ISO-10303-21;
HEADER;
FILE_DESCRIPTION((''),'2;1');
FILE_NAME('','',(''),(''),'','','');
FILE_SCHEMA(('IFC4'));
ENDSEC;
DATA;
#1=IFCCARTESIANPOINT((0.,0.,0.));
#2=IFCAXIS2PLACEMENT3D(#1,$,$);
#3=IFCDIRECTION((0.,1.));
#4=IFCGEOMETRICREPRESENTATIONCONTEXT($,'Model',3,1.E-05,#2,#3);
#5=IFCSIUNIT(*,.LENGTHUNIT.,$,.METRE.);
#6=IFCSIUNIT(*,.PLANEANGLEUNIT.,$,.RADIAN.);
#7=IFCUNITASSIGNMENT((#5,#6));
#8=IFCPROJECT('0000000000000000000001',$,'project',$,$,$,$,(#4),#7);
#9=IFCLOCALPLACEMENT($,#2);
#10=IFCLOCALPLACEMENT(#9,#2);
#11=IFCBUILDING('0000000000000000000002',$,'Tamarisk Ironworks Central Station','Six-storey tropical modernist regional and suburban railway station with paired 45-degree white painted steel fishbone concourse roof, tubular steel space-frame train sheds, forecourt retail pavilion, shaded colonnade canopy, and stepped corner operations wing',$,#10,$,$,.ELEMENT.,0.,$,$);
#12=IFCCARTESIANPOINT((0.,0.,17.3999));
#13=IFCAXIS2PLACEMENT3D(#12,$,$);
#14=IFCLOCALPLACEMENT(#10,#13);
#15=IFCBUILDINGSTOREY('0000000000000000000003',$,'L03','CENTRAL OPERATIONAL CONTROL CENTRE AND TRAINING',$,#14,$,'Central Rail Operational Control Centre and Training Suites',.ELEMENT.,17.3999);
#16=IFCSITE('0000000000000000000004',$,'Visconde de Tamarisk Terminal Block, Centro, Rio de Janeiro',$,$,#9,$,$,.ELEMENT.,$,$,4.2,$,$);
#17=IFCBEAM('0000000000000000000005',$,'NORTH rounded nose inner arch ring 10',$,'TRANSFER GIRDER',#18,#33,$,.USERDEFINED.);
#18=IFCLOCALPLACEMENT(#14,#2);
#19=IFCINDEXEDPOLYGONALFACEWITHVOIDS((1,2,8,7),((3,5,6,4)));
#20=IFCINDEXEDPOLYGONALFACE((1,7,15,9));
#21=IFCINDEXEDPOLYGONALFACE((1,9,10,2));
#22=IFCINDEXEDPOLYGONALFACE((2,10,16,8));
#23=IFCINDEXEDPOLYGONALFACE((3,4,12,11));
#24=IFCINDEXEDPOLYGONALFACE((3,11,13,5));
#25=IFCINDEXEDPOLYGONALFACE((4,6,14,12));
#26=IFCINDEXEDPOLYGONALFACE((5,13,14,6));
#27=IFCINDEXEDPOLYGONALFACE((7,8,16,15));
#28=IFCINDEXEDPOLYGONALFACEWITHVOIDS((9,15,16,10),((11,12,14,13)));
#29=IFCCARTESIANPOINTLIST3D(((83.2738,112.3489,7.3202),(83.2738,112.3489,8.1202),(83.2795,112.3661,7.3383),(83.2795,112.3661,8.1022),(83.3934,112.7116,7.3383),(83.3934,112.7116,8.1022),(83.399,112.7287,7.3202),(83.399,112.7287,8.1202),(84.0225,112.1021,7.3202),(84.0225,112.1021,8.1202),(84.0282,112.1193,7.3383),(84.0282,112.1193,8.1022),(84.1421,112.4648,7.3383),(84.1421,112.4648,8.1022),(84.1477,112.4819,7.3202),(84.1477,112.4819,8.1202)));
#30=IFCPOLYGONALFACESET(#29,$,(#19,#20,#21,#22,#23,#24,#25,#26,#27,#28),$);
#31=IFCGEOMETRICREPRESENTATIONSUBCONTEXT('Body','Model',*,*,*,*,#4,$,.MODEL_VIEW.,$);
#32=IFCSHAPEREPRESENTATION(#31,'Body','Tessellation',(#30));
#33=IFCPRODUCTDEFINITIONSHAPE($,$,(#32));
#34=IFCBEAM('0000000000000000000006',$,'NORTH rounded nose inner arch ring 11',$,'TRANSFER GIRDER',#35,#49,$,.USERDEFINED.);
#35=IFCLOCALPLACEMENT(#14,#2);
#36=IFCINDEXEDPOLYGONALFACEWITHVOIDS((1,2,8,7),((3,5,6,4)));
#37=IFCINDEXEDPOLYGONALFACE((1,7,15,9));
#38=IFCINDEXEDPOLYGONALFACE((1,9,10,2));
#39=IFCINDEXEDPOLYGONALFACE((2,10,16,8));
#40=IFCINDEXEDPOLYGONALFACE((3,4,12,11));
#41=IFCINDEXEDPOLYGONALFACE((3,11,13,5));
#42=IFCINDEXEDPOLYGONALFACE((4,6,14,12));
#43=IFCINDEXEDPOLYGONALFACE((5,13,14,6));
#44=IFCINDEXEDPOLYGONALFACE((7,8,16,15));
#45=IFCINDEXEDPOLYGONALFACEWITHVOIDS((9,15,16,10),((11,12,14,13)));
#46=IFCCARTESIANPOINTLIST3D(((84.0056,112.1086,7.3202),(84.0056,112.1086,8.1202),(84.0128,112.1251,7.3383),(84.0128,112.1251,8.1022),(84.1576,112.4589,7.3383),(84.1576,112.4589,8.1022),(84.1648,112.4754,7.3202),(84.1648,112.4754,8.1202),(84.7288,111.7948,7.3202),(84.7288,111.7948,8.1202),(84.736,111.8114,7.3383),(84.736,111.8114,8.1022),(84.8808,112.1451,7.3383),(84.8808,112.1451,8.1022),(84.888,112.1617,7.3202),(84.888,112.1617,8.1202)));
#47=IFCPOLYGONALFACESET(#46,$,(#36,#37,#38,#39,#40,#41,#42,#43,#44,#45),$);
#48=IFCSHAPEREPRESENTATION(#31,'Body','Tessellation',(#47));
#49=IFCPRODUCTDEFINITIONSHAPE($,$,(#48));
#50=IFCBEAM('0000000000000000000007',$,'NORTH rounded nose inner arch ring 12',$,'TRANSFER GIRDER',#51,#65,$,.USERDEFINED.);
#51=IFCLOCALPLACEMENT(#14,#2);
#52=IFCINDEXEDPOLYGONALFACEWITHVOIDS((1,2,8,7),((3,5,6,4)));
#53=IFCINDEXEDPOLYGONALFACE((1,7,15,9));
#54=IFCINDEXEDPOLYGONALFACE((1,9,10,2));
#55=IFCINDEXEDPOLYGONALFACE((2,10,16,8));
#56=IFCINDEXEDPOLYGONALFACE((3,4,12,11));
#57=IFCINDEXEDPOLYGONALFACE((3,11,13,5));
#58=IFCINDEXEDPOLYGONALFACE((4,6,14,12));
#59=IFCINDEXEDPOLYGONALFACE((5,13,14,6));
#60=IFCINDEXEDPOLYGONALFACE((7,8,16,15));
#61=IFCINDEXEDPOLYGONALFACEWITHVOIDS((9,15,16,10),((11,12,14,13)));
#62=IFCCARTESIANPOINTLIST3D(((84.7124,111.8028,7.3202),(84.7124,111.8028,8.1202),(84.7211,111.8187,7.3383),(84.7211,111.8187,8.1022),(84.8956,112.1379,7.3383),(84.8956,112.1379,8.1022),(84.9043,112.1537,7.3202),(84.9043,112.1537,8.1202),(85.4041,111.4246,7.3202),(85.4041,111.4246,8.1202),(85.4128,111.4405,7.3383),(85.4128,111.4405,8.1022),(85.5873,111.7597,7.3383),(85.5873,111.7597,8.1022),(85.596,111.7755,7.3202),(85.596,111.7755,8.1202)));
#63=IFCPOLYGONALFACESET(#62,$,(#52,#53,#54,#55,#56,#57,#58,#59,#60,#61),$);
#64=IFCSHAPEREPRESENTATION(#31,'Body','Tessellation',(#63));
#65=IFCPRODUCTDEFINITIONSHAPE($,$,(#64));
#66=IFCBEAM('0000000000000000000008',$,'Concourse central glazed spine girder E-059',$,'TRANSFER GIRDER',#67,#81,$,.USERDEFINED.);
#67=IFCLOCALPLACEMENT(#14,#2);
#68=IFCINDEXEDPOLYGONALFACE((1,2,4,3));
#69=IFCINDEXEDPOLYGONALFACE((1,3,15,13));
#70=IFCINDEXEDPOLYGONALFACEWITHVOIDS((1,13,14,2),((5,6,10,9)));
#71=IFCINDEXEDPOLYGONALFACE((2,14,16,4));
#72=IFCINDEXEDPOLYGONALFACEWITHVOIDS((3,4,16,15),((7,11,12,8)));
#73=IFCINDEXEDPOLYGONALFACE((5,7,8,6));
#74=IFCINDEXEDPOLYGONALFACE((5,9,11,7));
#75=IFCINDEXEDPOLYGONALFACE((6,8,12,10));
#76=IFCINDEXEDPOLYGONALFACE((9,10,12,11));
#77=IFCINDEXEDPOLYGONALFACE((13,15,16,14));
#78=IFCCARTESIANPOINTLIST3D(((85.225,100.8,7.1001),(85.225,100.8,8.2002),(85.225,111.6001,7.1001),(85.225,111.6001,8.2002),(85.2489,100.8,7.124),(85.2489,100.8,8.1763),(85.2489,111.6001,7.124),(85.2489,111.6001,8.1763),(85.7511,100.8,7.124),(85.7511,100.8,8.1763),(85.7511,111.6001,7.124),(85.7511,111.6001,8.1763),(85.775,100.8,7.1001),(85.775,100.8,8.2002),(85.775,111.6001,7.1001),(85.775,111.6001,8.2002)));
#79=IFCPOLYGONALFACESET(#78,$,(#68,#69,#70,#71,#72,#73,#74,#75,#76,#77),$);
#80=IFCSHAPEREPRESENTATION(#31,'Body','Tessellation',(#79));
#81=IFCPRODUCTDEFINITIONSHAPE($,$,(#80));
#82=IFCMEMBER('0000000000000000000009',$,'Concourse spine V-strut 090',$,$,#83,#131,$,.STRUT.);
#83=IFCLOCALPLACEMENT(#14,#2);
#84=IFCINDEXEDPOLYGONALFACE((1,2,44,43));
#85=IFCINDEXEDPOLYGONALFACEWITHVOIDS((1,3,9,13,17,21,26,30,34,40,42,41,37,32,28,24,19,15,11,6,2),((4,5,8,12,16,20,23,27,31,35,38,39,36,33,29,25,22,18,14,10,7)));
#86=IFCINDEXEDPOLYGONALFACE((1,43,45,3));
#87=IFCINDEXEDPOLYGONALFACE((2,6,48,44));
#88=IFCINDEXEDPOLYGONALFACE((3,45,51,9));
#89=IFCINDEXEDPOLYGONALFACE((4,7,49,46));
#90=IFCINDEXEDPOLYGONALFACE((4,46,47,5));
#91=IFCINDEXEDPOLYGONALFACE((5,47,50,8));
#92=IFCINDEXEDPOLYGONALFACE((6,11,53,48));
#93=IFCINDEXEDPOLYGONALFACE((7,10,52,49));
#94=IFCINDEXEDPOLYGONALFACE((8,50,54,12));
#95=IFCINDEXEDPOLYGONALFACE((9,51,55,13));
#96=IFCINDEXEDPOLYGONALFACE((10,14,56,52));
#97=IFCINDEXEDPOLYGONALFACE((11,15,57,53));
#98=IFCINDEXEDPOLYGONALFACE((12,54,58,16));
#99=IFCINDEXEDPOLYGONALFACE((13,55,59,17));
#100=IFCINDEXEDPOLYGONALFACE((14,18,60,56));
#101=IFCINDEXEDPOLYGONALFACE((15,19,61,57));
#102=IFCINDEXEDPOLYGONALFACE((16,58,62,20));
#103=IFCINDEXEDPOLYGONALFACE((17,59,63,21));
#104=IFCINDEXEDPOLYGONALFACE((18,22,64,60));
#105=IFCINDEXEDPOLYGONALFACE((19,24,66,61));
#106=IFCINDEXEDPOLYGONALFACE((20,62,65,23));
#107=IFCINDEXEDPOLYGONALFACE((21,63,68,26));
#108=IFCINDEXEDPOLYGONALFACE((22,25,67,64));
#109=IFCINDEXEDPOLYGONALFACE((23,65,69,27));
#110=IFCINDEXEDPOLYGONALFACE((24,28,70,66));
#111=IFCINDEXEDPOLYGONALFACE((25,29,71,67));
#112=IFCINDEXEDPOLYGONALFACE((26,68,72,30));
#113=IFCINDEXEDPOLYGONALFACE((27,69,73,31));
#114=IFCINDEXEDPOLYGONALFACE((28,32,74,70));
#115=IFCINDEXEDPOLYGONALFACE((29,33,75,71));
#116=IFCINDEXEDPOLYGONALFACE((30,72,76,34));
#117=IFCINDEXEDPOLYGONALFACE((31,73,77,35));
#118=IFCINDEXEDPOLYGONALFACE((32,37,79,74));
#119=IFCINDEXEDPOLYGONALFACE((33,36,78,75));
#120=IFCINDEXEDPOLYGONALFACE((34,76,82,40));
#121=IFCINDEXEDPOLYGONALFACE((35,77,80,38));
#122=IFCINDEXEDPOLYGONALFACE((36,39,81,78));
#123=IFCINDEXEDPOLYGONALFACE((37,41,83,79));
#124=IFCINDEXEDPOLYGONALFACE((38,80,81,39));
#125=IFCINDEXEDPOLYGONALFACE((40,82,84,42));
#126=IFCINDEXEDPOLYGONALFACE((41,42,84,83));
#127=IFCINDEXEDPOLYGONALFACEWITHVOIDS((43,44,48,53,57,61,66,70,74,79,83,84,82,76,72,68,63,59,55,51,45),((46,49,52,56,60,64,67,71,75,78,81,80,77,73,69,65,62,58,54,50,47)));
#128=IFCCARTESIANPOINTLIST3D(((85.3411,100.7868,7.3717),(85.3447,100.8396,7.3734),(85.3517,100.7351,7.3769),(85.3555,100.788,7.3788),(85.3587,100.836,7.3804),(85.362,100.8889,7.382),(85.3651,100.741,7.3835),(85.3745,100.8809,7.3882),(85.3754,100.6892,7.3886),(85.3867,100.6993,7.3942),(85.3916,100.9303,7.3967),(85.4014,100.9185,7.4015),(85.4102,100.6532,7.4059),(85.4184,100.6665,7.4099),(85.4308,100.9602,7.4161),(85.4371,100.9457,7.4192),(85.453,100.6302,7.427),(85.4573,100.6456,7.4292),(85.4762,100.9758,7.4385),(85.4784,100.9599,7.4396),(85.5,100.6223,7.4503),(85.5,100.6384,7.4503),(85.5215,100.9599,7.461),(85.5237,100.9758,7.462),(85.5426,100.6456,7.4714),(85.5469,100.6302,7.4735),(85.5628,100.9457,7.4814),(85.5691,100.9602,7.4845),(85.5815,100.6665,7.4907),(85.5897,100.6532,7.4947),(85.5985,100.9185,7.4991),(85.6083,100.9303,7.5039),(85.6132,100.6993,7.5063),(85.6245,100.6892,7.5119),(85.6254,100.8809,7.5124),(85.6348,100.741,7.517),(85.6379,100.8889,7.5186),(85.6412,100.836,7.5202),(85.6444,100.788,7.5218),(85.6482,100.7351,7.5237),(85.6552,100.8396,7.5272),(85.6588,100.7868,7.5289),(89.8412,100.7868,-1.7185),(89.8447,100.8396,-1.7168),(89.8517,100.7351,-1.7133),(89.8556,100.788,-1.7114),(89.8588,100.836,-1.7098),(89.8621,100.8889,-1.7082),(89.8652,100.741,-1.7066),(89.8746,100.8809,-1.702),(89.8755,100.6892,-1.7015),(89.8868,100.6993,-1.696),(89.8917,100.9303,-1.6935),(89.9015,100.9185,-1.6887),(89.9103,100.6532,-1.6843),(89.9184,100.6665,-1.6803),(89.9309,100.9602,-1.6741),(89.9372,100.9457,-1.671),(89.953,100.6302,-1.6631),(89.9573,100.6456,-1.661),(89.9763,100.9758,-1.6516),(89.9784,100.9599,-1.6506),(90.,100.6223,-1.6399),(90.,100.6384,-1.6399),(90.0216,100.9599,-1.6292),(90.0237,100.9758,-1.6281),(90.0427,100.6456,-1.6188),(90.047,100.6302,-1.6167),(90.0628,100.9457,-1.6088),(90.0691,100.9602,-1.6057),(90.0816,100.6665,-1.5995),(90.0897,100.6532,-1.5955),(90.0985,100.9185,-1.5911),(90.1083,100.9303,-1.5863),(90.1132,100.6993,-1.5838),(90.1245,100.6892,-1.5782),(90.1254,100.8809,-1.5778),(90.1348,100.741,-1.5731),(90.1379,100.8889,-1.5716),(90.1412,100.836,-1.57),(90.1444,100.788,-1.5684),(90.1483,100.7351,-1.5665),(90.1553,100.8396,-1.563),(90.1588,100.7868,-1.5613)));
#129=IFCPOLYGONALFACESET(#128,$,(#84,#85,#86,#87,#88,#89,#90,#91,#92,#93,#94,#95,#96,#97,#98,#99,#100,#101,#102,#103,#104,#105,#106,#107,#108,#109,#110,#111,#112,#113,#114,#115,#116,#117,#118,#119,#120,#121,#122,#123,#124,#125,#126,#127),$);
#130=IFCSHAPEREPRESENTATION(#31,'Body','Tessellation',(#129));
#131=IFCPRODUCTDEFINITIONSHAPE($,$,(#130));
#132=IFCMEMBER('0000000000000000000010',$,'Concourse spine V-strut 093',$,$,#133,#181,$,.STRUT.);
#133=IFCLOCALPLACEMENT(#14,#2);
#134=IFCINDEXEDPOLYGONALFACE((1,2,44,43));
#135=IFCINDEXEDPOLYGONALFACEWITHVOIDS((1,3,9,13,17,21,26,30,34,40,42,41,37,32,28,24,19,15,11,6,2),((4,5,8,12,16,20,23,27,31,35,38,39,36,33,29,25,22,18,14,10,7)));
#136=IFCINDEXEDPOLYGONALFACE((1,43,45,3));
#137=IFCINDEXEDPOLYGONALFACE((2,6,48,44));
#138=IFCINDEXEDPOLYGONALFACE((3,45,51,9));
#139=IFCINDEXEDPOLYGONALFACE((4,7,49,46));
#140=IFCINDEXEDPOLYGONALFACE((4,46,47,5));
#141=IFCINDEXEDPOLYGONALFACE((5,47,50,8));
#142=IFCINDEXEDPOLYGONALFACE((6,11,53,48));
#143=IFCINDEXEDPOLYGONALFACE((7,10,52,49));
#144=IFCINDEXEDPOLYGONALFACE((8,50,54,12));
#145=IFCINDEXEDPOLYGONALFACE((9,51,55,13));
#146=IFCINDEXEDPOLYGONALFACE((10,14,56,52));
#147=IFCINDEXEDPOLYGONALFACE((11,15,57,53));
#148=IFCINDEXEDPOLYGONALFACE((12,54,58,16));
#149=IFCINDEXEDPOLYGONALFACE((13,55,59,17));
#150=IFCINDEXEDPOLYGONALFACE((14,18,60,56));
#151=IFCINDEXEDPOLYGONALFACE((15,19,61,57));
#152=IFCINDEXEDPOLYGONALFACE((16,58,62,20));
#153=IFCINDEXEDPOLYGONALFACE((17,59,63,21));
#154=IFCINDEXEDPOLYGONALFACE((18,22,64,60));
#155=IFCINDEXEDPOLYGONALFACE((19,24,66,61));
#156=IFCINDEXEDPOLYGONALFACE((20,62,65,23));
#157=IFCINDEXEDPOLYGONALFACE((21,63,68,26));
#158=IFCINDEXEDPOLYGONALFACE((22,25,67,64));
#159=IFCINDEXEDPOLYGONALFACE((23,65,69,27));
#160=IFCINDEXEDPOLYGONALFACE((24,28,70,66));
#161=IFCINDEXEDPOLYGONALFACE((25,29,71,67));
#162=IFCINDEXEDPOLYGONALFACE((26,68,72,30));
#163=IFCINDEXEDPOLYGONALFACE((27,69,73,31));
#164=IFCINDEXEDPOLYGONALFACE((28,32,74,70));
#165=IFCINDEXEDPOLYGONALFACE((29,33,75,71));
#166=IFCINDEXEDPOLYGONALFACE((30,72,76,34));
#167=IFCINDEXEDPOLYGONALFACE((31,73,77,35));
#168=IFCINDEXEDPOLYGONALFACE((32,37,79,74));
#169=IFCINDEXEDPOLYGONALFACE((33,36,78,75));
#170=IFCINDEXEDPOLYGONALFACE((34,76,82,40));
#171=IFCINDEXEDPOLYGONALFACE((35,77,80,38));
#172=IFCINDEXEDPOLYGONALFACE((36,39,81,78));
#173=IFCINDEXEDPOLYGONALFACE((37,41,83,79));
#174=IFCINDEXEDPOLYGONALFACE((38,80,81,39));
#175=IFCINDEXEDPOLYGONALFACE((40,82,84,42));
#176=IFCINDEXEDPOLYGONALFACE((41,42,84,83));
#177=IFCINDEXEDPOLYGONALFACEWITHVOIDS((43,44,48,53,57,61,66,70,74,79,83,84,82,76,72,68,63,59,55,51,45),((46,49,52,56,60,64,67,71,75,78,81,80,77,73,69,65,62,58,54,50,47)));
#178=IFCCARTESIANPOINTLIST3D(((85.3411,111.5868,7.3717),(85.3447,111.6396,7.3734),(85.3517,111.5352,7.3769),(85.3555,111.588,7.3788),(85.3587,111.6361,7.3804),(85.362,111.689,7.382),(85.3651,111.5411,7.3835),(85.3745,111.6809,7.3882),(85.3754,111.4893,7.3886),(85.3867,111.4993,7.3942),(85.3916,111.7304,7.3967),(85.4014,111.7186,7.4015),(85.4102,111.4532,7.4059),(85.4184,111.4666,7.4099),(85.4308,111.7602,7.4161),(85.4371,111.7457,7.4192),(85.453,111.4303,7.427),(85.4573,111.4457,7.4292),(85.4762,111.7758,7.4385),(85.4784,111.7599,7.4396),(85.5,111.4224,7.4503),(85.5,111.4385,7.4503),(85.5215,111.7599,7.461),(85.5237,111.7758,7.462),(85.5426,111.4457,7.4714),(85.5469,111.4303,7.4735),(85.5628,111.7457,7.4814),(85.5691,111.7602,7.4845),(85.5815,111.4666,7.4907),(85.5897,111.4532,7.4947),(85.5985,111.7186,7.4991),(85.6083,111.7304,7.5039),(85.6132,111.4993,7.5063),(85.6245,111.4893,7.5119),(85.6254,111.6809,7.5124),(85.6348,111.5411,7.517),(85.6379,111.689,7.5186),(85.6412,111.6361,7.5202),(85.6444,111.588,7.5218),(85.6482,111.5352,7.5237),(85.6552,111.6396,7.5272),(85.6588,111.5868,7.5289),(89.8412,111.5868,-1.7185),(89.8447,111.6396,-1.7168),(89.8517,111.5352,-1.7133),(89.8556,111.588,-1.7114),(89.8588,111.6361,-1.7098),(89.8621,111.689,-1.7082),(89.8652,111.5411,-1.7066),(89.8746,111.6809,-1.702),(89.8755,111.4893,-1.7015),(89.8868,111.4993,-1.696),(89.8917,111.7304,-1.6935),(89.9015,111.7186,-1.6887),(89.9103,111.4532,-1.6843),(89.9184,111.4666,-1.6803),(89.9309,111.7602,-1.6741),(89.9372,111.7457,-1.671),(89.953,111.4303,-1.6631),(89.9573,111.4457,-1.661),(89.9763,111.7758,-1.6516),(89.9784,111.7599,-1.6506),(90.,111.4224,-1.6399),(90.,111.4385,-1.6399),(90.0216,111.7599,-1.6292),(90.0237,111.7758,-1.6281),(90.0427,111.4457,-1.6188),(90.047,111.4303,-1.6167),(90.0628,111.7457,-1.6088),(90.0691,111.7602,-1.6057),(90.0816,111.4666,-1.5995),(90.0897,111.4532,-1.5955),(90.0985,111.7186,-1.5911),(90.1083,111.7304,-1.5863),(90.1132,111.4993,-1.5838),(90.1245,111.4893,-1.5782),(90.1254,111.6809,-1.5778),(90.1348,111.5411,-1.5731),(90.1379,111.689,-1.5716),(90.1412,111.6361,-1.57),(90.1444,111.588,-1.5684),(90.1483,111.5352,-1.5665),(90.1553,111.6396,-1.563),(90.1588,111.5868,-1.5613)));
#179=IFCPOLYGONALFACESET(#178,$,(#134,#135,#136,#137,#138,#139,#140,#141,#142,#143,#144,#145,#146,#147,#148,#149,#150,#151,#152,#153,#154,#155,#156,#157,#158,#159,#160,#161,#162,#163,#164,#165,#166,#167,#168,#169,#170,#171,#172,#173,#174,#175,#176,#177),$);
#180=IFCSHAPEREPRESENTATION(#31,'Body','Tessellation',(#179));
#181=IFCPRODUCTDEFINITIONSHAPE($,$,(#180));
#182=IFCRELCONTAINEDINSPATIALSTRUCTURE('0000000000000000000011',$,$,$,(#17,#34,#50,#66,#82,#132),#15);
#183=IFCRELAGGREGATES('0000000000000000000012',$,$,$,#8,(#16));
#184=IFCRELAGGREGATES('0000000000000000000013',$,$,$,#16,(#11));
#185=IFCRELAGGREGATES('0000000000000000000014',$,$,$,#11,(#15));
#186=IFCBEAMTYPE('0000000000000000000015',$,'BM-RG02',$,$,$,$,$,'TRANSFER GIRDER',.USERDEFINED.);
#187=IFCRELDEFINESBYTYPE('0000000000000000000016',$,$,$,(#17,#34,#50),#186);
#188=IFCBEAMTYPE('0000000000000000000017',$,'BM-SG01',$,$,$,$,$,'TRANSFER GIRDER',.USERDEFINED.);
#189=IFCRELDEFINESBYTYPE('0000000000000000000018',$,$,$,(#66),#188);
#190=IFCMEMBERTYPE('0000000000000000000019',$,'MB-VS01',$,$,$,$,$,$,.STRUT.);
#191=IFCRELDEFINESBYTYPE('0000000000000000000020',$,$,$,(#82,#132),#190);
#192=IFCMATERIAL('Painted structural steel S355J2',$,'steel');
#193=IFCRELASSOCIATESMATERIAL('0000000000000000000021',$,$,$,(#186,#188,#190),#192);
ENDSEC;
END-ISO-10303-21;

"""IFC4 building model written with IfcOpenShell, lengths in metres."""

from ifc_helpers import new_model, si_unit, direction, frame, origin, origin_2d, place, context, subcontext, project, spatial, hollow_rectangle, hollow_circle, extrude, material, material_profile, profile_set, type_object, element, save


model = new_model("IFC4")

# Units and contexts
model_context = context("Model", 3, precision=1e-05, world=origin(), true_north=direction((0.0, 1.0)))
body_context = subcontext(model_context, "Body", "Model", "MODEL_VIEW")
ifc_project = project(units=[si_unit("LENGTHUNIT", "METRE"), si_unit("PLANEANGLEUNIT", "RADIAN")], contexts=[model_context])

# Site, building, storey
site_placement = place(None, origin())
site = spatial("IfcSite", under=ifc_project, at=site_placement, Name="Visconde de Tamarisk Terminal Block, Centro, Rio de Janeiro", CompositionType="ELEMENT", RefElevation=4.2)
building_placement = place(site_placement, origin())
building = spatial("IfcBuilding", under=site, at=building_placement, Name="Tamarisk Ironworks Central Station", Description="Six-storey tropical modernist regional and suburban railway station with paired 45-degree white painted steel fishbone concourse roof, tubular steel space-frame train sheds, forecourt retail pavilion, shaded colonnade canopy, and stepped corner operations wing", CompositionType="ELEMENT", ElevationOfRefHeight=0.0)
storey_placement = place(building_placement, frame((0.0, 0.0, 17.3999)))
storey = spatial("IfcBuildingStorey", under=building, at=storey_placement, Name="L03", Description="CENTRAL OPERATIONAL CONTROL CENTRE AND TRAINING", LongName="Central Rail Operational Control Centre and Training Suites", CompositionType="ELEMENT", Elevation=17.3999)

# Beams
ifc_material_1 = material(Name="Painted structural steel S355J2", Category="steel")
ifc_material_profile_1 = material_profile(ifc_material_1, hollow_rectangle(XDim=0.3999, YDim=0.8, WallThickness=0.0181, at=origin_2d()), Name="BOX 400x800x18")
ifc_profile_set_1 = profile_set([ifc_material_profile_1], Name="Painted structural steel S355J2")
beam_type_1 = type_object("IfcBeamType", Name="BM-RG02", ElementType="TRANSFER GIRDER", PredefinedType="USERDEFINED", material=ifc_profile_set_1)
for number, where, z_axis, x_axis, name in (
    (1, (83.3364, 112.5388, 7.7202), (0.949731, -0.313067, 0.0), (0.313067, 0.949731, 0.0), "NORTH rounded nose inner arch ring 10"),
    (2, (84.0852, 112.292, 7.7202), (0.91739, -0.39799, 0.0), (0.39799, 0.91739, 0.0), "NORTH rounded nose inner arch ring 11"),
    (3, (84.8083, 111.9783, 7.7202), (0.87741, -0.479742, 0.0), (0.479742, 0.87741, 0.0), "NORTH rounded nose inner arch ring 12"),
):
    element("IfcBeam", number, at=place(storey_placement, frame(where, z_axis=z_axis, x_axis=x_axis)), inside=storey, type_object=beam_type_1, Name=name, ObjectType="TRANSFER GIRDER", PredefinedType="USERDEFINED", context=body_context, shape_type="SweptSolid", body=[
        extrude(hollow_rectangle(XDim=0.3999, YDim=0.8, WallThickness=0.0181, at=origin_2d()), origin(), (0.0, 0.0, 1.0), 0.7883),
    ])
ifc_material_profile_2 = material_profile(ifc_material_1, hollow_rectangle(XDim=0.55, YDim=1.1001, WallThickness=0.0239, at=origin_2d()), Name="BOX 550x1100x24")
ifc_profile_set_2 = profile_set([ifc_material_profile_2], Name="Painted structural steel S355J2")
beam_type_2 = type_object("IfcBeamType", Name="BM-SG01", ElementType="TRANSFER GIRDER", PredefinedType="USERDEFINED", material=ifc_profile_set_2)
beam_1_placement = place(storey_placement, frame((85.5, 100.8, 7.6501), z_axis=(0.0, 1.0, 0.0), x_axis=(-1.0, 0.0, 0.0)))
element("IfcBeam", 4, at=beam_1_placement, inside=storey, type_object=beam_type_2, Name="Concourse central glazed spine girder E-059", ObjectType="TRANSFER GIRDER", PredefinedType="USERDEFINED", context=body_context, shape_type="SweptSolid", body=[
    extrude(hollow_rectangle(XDim=0.55, YDim=1.1001, WallThickness=0.0239, at=origin_2d()), origin(), (0.0, 0.0, 1.0), 10.8),
])

# Members
ifc_material_profile_3 = material_profile(ifc_material_1, hollow_circle(Radius=0.1777, WallThickness=0.0161, at=origin_2d()), Name="CHS 355.6x16")
ifc_profile_set_3 = profile_set([ifc_material_profile_3], Name="Painted structural steel S355J2")
member_type_1 = type_object("IfcMemberType", Name="MB-VS01", PredefinedType="STRUT", material=ifc_profile_set_3)
for number, where, z_axis, x_axis, name in (
    (5, (90.0, 100.8, -1.6399), (-0.443657, 0.0, 0.896196), (0.0, -1.0, 0.0), "Concourse spine V-strut 090"),
    (6, (90.0, 111.6001, -1.6399), (-0.443657, 0.0, 0.896196), (0.0, -1.0, 0.0), "Concourse spine V-strut 093"),
):
    element("IfcMember", number, at=place(storey_placement, frame(where, z_axis=z_axis, x_axis=x_axis)), inside=storey, type_object=member_type_1, Name=name, PredefinedType="STRUT", context=body_context, shape_type="SweptSolid", body=[
        extrude(hollow_circle(Radius=0.1777, WallThickness=0.0161, at=origin_2d()), origin(), (0.0, 0.0, 1.0), 10.1431),
    ])

save(model, "model.ifc")
